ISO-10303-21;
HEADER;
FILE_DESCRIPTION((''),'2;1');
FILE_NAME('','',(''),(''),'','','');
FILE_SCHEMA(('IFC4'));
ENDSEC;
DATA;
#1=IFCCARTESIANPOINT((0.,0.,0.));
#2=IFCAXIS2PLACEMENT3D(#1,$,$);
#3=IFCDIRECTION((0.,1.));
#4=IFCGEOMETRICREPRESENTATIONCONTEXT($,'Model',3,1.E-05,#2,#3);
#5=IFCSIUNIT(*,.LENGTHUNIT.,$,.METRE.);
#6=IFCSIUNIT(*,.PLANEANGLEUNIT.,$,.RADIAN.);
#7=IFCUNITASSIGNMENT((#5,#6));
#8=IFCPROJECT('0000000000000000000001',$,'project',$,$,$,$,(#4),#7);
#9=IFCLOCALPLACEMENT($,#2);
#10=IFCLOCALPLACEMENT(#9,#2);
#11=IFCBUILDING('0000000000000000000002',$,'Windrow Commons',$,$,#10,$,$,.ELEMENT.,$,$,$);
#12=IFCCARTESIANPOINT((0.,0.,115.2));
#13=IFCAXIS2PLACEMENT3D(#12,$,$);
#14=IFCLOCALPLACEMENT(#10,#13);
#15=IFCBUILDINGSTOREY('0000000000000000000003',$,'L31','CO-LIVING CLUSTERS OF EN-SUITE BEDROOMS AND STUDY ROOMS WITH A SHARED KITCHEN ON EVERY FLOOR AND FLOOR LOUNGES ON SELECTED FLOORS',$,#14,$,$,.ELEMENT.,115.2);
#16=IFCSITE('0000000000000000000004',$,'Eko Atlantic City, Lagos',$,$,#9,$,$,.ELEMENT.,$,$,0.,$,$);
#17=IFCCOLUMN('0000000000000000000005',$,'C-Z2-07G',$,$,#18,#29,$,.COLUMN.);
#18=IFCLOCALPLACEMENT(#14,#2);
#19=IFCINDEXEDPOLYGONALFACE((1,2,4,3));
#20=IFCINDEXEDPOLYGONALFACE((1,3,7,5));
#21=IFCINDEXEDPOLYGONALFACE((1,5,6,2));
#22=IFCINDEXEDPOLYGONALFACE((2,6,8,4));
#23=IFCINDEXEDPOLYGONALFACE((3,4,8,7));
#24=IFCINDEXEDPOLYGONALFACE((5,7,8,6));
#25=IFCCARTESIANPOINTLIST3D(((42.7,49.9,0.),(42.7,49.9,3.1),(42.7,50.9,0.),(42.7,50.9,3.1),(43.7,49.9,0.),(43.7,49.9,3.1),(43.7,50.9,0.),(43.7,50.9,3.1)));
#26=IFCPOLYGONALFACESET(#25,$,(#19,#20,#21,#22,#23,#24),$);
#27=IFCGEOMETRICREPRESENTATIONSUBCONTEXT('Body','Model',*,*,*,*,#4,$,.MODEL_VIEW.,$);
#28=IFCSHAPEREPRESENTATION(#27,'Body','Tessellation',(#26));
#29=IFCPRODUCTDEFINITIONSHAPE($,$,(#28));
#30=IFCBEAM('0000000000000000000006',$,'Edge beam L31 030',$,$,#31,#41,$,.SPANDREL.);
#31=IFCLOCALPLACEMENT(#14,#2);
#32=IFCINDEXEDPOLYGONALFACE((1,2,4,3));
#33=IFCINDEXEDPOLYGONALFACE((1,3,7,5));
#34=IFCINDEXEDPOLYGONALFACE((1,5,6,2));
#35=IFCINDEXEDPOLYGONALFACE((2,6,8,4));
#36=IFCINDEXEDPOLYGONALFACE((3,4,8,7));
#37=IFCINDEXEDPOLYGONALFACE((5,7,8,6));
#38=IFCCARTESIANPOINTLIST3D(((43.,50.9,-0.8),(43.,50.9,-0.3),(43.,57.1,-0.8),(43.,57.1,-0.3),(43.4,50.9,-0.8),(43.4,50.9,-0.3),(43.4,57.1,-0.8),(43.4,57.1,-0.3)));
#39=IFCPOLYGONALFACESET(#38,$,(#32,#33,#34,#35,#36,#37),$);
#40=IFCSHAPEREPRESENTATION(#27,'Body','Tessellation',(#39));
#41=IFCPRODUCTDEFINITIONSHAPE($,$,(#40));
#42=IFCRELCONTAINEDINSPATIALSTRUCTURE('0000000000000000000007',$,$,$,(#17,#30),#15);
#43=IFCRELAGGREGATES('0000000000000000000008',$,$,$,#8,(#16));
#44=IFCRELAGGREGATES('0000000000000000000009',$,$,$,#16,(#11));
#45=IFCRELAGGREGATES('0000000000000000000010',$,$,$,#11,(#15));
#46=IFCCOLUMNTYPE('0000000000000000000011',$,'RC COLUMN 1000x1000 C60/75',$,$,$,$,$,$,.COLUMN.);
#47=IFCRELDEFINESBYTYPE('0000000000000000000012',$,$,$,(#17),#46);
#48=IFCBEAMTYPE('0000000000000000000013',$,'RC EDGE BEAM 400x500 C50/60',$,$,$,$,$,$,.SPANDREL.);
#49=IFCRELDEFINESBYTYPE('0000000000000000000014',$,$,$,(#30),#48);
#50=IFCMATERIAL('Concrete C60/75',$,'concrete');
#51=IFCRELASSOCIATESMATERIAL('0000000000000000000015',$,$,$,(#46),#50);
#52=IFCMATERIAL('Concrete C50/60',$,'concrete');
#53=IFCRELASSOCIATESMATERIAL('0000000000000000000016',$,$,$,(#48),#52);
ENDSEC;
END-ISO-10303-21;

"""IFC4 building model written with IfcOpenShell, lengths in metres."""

from ifc_helpers import new_model, si_unit, direction, frame, origin, origin_2d, place, context, subcontext, project, spatial, rectangle, extrude, material, material_profile, profile_set, type_object, element, save


model = new_model("IFC4")

# Units and contexts
model_context = context("Model", 3, precision=1e-05, world=origin(), true_north=direction((0.0, 1.0)))
body_context = subcontext(model_context, "Body", "Model", "MODEL_VIEW")
ifc_project = project(units=[si_unit("LENGTHUNIT", "METRE"), si_unit("PLANEANGLEUNIT", "RADIAN")], contexts=[model_context])

# Site, building, storey
site_placement = place(None, origin())
site = spatial("IfcSite", under=ifc_project, at=site_placement, Name="Eko Atlantic City, Lagos", CompositionType="ELEMENT", RefElevation=0.0)
building_placement = place(site_placement, origin())
building = spatial("IfcBuilding", under=site, at=building_placement, Name="Windrow Commons", CompositionType="ELEMENT")
storey_placement = place(building_placement, frame((0.0, 0.0, 115.2)))
storey = spatial("IfcBuildingStorey", under=building, at=storey_placement, Name="L31", Description="CO-LIVING CLUSTERS OF EN-SUITE BEDROOMS AND STUDY ROOMS WITH A SHARED KITCHEN ON EVERY FLOOR AND FLOOR LOUNGES ON SELECTED FLOORS", CompositionType="ELEMENT", Elevation=115.2)

# Column
ifc_material_1 = material(Name="Concrete C60/75", Category="concrete")
ifc_material_profile_1 = material_profile(ifc_material_1, rectangle(XDim=1.0, YDim=1.0, at=origin_2d()))
ifc_profile_set_1 = profile_set([ifc_material_profile_1], Name="Concrete C60/75")
column_type = type_object("IfcColumnType", Name="RC COLUMN 1000x1000 C60/75", PredefinedType="COLUMN", material=ifc_profile_set_1)
column_placement = place(storey_placement, frame((43.2, 50.4, 0.0), z_axis=(0.0, 0.0, 1.0), x_axis=(1.0, 0.0, 0.0)))
element("IfcColumn", 1, at=column_placement, inside=storey, type_object=column_type, Name="C-Z2-07G", PredefinedType="COLUMN", context=body_context, shape_type="SweptSolid", body=[
    extrude(rectangle(XDim=1.0, YDim=1.0, at=origin_2d()), origin(), (0.0, 0.0, 1.0), 3.1),
])

# Beam
ifc_material_2 = material(Name="Concrete C50/60", Category="concrete")
ifc_material_profile_2 = material_profile(ifc_material_2, rectangle(XDim=0.4, YDim=0.5, at=origin_2d()))
ifc_profile_set_2 = profile_set([ifc_material_profile_2], Name="Concrete C50/60")
beam_type = type_object("IfcBeamType", Name="RC EDGE BEAM 400x500 C50/60", PredefinedType="SPANDREL", material=ifc_profile_set_2)
beam_placement = place(storey_placement, frame((43.2, 50.9, -0.55), z_axis=(0.0, 1.0, 0.0), x_axis=(-1.0, 0.0, 0.0)))
element("IfcBeam", 2, at=beam_placement, inside=storey, type_object=beam_type, Name="Edge beam L31 030", PredefinedType="SPANDREL", context=body_context, shape_type="SweptSolid", body=[
    extrude(rectangle(XDim=0.4, YDim=0.5, at=origin_2d()), origin(), (0.0, 0.0, 1.0), 6.2),
])

save(model, "model.ifc")
